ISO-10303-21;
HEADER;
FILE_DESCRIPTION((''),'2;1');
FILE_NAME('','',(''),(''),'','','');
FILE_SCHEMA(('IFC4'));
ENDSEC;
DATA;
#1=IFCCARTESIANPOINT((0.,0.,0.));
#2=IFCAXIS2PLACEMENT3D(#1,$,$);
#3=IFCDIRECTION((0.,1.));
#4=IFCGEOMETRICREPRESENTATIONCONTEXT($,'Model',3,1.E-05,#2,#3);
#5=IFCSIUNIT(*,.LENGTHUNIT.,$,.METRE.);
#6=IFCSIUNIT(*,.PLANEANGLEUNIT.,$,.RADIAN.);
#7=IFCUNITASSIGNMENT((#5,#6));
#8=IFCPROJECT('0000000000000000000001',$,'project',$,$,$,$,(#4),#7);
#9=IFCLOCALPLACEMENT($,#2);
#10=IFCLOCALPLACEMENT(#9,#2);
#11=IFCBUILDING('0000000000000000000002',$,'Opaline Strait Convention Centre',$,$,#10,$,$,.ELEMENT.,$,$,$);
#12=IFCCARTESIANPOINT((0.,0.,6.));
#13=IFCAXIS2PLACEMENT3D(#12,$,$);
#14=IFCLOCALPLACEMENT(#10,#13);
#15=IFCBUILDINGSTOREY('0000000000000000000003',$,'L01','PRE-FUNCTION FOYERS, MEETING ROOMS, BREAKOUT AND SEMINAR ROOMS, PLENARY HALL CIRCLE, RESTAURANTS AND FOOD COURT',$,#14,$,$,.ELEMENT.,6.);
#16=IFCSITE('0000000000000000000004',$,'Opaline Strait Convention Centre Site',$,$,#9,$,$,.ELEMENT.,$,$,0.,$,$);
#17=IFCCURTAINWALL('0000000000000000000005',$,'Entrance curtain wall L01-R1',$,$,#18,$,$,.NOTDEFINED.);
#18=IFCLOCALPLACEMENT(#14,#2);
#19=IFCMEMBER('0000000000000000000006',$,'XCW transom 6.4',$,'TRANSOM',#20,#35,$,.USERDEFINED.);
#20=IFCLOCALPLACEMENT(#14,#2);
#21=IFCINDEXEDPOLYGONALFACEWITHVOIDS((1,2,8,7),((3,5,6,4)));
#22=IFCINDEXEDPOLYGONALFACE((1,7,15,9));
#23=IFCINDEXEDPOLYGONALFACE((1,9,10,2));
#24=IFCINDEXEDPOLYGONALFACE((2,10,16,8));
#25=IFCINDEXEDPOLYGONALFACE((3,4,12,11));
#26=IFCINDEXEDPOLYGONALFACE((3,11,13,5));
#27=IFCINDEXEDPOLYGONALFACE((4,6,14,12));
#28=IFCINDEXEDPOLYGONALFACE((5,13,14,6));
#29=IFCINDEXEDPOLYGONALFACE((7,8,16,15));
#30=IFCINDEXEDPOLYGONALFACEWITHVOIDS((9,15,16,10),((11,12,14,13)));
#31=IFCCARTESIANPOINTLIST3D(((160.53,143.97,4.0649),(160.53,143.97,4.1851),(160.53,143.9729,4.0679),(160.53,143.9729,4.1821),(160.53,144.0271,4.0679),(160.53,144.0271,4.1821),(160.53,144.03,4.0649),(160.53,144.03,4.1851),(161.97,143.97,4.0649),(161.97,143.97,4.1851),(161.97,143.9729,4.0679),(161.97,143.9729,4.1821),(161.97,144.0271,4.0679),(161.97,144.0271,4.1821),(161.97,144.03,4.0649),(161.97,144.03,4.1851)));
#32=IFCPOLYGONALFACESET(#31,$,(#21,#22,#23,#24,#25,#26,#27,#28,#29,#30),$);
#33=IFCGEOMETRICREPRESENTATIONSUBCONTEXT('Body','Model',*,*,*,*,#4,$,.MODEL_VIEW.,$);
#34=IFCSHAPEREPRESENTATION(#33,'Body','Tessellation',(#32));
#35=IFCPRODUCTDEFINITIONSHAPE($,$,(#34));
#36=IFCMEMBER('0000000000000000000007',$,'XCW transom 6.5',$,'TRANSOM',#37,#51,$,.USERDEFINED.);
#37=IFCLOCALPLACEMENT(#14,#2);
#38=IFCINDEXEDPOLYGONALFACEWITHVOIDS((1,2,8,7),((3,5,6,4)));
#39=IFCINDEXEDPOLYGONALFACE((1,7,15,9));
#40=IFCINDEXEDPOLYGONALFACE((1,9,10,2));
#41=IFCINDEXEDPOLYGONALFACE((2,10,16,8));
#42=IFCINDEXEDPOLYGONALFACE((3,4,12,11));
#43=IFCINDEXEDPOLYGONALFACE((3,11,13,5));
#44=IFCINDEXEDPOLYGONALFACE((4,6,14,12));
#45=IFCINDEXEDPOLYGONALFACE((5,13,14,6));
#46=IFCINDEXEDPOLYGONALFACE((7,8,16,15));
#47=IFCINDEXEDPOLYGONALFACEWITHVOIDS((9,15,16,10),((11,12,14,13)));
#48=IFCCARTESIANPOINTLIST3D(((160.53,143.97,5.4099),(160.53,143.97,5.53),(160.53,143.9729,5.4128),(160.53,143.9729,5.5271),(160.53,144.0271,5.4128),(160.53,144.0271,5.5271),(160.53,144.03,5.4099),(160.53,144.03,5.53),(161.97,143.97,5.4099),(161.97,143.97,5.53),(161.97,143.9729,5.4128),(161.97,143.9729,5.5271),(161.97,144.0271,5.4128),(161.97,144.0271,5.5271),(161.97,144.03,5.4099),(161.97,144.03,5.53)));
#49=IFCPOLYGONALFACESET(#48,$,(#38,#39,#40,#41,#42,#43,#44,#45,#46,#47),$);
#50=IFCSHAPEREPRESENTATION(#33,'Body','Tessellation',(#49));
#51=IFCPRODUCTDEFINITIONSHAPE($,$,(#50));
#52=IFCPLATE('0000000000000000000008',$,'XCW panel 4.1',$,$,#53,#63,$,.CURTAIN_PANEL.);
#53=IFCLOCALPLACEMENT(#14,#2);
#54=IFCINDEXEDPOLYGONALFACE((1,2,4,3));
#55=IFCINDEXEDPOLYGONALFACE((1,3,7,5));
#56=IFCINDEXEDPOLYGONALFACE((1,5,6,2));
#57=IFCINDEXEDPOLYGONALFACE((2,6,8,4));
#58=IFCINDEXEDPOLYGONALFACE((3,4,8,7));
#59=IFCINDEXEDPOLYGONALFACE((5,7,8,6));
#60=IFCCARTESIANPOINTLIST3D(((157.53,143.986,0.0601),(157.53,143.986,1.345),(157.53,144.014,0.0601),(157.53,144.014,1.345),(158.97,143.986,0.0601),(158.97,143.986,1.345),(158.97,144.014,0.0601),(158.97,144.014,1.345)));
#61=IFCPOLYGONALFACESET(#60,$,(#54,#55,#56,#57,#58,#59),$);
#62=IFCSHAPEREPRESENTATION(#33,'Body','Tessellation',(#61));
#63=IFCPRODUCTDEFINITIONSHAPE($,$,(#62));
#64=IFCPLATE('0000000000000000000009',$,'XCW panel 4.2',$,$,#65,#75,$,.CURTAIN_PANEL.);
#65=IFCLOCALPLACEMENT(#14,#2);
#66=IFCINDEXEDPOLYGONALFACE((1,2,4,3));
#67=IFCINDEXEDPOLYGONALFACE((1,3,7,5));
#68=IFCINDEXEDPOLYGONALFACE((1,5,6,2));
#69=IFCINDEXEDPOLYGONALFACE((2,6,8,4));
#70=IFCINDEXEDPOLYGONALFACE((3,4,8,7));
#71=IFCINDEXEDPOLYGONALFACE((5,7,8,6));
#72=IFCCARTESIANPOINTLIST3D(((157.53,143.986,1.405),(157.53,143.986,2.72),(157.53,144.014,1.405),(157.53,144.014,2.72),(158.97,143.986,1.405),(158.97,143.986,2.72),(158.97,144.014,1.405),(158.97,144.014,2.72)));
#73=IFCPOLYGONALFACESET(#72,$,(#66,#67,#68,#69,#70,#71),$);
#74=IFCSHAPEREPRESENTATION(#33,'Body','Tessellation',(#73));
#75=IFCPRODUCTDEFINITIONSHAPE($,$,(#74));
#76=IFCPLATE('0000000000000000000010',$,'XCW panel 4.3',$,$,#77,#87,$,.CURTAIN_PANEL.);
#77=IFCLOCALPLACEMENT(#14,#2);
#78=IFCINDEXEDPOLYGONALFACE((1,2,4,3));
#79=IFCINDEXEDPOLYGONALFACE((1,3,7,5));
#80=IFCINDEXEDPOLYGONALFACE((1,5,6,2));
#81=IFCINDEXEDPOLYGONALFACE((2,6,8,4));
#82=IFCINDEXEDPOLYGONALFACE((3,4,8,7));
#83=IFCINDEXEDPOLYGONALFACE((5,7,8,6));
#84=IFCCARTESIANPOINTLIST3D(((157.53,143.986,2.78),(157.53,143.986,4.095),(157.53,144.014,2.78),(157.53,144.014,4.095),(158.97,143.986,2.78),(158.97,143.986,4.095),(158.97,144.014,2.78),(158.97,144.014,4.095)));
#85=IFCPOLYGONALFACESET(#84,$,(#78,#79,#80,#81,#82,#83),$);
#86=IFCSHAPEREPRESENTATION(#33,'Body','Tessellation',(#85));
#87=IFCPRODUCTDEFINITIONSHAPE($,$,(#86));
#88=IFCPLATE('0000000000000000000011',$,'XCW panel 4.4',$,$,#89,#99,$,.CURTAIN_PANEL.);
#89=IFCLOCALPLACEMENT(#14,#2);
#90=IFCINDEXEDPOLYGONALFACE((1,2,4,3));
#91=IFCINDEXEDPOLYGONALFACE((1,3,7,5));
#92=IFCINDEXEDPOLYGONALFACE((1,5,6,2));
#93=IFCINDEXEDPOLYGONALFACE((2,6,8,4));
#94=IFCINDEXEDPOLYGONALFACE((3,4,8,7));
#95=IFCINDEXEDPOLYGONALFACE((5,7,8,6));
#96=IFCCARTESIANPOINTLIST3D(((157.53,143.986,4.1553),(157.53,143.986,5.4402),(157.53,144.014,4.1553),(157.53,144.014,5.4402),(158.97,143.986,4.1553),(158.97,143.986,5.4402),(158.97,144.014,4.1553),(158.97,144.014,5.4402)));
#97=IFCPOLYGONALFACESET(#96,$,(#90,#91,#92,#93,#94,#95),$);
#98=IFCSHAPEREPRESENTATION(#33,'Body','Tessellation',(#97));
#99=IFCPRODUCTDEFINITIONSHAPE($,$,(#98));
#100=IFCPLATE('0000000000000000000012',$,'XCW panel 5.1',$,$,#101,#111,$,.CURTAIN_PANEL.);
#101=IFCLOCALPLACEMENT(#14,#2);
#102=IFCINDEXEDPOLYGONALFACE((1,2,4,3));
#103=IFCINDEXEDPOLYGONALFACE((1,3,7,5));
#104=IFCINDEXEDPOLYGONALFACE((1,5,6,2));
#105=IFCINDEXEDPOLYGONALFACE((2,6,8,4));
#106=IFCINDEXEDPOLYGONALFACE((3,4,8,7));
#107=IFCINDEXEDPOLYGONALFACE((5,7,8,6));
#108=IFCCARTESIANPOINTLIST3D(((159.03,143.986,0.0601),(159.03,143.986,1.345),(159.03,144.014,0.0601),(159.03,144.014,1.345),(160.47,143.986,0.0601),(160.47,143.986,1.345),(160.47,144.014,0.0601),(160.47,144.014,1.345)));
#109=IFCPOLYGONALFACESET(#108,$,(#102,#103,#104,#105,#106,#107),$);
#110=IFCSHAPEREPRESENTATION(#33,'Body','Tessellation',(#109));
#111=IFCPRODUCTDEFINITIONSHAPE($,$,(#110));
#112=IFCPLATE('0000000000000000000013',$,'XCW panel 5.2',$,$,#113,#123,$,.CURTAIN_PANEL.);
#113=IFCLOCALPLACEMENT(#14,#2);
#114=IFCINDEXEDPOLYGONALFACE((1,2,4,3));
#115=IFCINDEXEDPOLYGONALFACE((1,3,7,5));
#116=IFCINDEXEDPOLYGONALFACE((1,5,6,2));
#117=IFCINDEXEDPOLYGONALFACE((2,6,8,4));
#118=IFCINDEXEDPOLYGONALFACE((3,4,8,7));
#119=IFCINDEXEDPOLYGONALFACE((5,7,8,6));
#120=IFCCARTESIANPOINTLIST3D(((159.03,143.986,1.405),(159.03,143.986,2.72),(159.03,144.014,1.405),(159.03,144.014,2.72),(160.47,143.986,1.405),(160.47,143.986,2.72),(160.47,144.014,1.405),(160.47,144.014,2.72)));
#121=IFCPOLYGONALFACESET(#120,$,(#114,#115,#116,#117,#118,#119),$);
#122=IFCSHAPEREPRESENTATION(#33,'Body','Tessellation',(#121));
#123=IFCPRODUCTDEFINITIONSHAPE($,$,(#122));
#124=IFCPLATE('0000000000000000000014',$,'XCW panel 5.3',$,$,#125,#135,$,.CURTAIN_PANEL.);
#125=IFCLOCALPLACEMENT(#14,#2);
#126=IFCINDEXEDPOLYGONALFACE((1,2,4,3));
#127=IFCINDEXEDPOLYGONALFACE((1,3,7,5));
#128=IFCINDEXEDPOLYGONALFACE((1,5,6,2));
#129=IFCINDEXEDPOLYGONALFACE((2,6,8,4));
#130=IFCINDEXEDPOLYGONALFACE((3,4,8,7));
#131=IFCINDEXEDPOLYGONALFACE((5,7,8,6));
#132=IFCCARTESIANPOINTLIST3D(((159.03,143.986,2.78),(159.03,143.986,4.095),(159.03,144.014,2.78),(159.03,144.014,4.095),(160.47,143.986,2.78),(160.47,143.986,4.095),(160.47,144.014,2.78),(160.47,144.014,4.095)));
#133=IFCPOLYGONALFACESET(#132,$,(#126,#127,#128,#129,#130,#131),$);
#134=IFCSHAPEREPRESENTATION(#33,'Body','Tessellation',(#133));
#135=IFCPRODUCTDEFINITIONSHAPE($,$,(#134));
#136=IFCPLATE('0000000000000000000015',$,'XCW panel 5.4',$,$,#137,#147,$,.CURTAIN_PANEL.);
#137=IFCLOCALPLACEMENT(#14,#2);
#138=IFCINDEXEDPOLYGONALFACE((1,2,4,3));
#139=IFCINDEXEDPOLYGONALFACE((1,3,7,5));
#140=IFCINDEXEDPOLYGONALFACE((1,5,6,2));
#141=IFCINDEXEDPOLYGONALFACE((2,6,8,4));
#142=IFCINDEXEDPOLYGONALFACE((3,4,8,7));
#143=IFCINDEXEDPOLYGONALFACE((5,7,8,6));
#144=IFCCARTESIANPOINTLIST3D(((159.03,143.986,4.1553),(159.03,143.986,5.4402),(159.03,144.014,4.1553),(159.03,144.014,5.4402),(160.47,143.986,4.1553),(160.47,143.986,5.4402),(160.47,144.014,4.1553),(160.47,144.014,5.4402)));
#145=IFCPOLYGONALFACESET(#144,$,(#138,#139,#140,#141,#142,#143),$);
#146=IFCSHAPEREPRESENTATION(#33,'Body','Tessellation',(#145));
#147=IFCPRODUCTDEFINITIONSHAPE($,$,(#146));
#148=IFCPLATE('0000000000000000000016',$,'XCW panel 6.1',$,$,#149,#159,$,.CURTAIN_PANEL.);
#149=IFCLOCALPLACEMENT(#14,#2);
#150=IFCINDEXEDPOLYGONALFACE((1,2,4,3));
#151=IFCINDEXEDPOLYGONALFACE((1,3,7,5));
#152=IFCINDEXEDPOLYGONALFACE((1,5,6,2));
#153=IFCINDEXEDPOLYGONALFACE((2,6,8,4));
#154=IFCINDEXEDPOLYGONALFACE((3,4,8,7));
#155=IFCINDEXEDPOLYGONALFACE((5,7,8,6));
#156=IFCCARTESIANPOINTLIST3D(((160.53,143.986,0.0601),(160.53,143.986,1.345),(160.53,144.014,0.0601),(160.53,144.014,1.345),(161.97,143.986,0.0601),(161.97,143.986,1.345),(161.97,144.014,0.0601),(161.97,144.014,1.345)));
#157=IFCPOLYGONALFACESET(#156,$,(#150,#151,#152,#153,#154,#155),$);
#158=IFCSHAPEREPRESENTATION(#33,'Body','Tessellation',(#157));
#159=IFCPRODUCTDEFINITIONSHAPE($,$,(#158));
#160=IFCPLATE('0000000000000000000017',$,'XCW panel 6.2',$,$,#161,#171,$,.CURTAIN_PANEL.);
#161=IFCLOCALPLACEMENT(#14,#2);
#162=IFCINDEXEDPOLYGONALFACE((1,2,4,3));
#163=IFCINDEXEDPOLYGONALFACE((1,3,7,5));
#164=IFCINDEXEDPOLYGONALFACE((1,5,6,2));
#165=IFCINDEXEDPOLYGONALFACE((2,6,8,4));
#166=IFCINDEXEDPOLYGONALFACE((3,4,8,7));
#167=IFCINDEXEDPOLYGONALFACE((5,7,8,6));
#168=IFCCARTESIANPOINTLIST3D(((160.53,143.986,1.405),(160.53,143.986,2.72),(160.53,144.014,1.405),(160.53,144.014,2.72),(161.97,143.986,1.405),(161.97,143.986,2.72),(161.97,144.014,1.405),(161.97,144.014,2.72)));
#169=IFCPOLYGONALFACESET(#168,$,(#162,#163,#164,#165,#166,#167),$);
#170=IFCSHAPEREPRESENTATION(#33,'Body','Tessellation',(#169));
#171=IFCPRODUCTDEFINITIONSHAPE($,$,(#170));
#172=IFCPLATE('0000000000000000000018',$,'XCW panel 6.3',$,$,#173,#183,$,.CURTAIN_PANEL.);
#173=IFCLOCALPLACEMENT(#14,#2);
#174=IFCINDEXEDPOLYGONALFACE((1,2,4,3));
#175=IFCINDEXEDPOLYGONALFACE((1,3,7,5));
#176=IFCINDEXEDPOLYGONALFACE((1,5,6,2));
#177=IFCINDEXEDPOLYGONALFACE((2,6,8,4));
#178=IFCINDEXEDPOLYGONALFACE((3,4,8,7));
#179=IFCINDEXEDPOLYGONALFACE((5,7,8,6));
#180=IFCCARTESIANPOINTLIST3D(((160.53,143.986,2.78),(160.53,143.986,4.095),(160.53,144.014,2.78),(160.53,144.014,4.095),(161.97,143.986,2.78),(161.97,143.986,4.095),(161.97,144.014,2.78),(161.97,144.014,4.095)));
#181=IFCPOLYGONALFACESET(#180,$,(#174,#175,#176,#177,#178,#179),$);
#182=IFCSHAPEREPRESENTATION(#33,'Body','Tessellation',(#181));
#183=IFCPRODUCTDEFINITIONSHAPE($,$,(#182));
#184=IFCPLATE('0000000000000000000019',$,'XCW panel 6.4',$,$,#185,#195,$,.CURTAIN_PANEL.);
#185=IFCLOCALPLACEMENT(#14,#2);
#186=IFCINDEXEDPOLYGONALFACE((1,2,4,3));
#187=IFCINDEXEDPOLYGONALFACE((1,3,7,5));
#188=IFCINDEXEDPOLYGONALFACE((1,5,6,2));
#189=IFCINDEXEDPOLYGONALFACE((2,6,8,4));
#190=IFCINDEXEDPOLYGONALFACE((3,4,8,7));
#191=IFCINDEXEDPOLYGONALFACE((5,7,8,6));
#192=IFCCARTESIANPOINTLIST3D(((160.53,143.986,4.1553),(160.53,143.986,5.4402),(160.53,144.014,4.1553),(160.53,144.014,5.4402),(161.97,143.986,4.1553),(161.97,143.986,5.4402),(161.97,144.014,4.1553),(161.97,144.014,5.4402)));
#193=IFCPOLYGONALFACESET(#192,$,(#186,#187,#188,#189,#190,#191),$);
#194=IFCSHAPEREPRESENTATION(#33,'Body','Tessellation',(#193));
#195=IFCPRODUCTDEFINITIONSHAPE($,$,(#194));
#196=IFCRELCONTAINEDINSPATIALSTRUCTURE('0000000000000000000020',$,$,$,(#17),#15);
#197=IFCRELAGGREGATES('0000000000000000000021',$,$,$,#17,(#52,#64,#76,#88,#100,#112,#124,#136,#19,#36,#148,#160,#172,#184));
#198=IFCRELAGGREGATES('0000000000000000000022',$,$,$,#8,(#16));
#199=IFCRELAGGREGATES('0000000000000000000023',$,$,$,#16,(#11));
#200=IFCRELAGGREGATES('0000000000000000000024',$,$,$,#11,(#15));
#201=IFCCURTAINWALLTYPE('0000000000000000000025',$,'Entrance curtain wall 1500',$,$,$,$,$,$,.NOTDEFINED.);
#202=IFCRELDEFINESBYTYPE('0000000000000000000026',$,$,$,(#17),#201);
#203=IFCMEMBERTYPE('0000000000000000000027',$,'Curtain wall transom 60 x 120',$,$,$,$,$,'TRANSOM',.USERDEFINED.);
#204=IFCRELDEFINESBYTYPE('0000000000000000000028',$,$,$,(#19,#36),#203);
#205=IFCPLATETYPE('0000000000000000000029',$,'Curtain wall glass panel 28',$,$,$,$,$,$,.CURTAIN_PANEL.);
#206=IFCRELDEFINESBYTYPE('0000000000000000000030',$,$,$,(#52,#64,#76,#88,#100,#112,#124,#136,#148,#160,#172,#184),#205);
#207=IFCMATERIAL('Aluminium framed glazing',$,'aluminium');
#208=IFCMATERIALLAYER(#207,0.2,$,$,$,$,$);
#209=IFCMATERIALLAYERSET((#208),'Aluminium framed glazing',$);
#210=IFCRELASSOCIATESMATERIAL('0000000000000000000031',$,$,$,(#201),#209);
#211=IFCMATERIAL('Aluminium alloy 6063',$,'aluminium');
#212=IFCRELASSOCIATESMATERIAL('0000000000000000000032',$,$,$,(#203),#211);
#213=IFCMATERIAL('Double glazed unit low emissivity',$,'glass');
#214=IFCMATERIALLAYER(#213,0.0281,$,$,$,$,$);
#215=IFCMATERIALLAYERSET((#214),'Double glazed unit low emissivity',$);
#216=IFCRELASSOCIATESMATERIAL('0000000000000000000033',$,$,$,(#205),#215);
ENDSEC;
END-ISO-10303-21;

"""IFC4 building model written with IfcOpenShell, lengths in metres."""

from ifc_helpers import new_model, si_unit, direction, frame, origin, origin_2d, place, context, subcontext, project, spatial, rectangle, hollow_rectangle, extrude, material, layer, layer_set, material_profile, profile_set, type_object, element, aggregate, save


model = new_model("IFC4")

# Units and contexts
model_context = context("Model", 3, precision=1e-05, world=origin(), true_north=direction((0.0, 1.0)))
body_context = subcontext(model_context, "Body", "Model", "MODEL_VIEW")
ifc_project = project(units=[si_unit("LENGTHUNIT", "METRE"), si_unit("PLANEANGLEUNIT", "RADIAN")], contexts=[model_context])

# Site, building, storey
site_placement = place(None, origin())
site = spatial("IfcSite", under=ifc_project, at=site_placement, Name="Opaline Strait Convention Centre Site", CompositionType="ELEMENT", RefElevation=0.0)
building_placement = place(site_placement, origin())
building = spatial("IfcBuilding", under=site, at=building_placement, Name="Opaline Strait Convention Centre", CompositionType="ELEMENT")
storey_placement = place(building_placement, frame((0.0, 0.0, 6.0)))
storey = spatial("IfcBuildingStorey", under=building, at=storey_placement, Name="L01", Description="PRE-FUNCTION FOYERS, MEETING ROOMS, BREAKOUT AND SEMINAR ROOMS, PLENARY HALL CIRCLE, RESTAURANTS AND FOOD COURT", CompositionType="ELEMENT", Elevation=6.0)

# Curtain wall, members, plates
ifc_material_1 = material(Name="Aluminium framed glazing", Category="aluminium")
ifc_layer_1 = layer(ifc_material_1, 0.2)
ifc_layer_set_1 = layer_set([ifc_layer_1], Name="Aluminium framed glazing")
curtain_wall_type = type_object("IfcCurtainWallType", Name="Entrance curtain wall 1500", PredefinedType="NOTDEFINED", material=ifc_layer_set_1)
curtain_wall_placement = place(storey_placement, origin())
curtain_wall = element("IfcCurtainWall", 1, at=curtain_wall_placement, inside=storey, type_object=curtain_wall_type, Name="Entrance curtain wall L01-R1", PredefinedType="NOTDEFINED")
ifc_material_2 = material(Name="Aluminium alloy 6063", Category="aluminium")
ifc_material_profile_1 = material_profile(ifc_material_2, hollow_rectangle(XDim=0.0601, YDim=0.1201, WallThickness=0.0029, at=origin_2d()), Name="TRANSOM 60x120x3")
ifc_profile_set_1 = profile_set([ifc_material_profile_1], Name="Aluminium alloy 6063")
member_type_1 = type_object("IfcMemberType", Name="Curtain wall transom 60 x 120", ElementType="TRANSOM", PredefinedType="USERDEFINED", material=ifc_profile_set_1)
member_1_placement = place(storey_placement, frame((160.53, 144.0, 4.125), z_axis=(1.0, 0.0, 0.0), x_axis=(0.0, 1.0, 0.0)))
member_1 = element("IfcMember", 2, at=member_1_placement, type_object=member_type_1, Name="XCW transom 6.4", ObjectType="TRANSOM", PredefinedType="USERDEFINED", context=body_context, shape_type="SweptSolid", body=[
    extrude(hollow_rectangle(XDim=0.0601, YDim=0.1201, WallThickness=0.0029, at=origin_2d()), origin(), (0.0, 0.0, 1.0), 1.4399),
])
member_2_placement = place(storey_placement, frame((160.53, 144.0, 5.47), z_axis=(1.0, 0.0, 0.0), x_axis=(0.0, 1.0, 0.0)))
member_2 = element("IfcMember", 3, at=member_2_placement, type_object=member_type_1, Name="XCW transom 6.5", ObjectType="TRANSOM", PredefinedType="USERDEFINED", context=body_context, shape_type="SweptSolid", body=[
    extrude(hollow_rectangle(XDim=0.0601, YDim=0.1201, WallThickness=0.0029, at=origin_2d()), origin(), (0.0, 0.0, 1.0), 1.4399),
])
ifc_material_3 = material(Name="Double glazed unit low emissivity", Category="glass")
ifc_layer_2 = layer(ifc_material_3, 0.0281)
ifc_layer_set_2 = layer_set([ifc_layer_2], Name="Double glazed unit low emissivity")
plate_type = type_object("IfcPlateType", Name="Curtain wall glass panel 28", PredefinedType="CURTAIN_PANEL", material=ifc_layer_set_2)
plate_1_placement = place(storey_placement, frame((158.25, 144.0, 0.0601), z_axis=(0.0, 0.0, 1.0), x_axis=(1.0, 0.0, 0.0)))
plate_1 = element("IfcPlate", 4, at=plate_1_placement, type_object=plate_type, Name="XCW panel 4.1", PredefinedType="CURTAIN_PANEL", context=body_context, shape_type="SweptSolid", body=[
    extrude(rectangle(XDim=1.4399, YDim=0.0281, at=origin_2d()), origin(), (0.0, 0.0, 1.0), 1.2849),
])
plate_2_placement = place(storey_placement, frame((158.25, 144.0, 1.405), z_axis=(0.0, 0.0, 1.0), x_axis=(1.0, 0.0, 0.0)))
plate_2 = element("IfcPlate", 5, at=plate_2_placement, type_object=plate_type, Name="XCW panel 4.2", PredefinedType="CURTAIN_PANEL", context=body_context, shape_type="SweptSolid", body=[
    extrude(rectangle(XDim=1.4399, YDim=0.0281, at=origin_2d()), origin(), (0.0, 0.0, 1.0), 1.3149),
])
plate_3_placement = place(storey_placement, frame((158.25, 144.0, 2.78), z_axis=(0.0, 0.0, 1.0), x_axis=(1.0, 0.0, 0.0)))
plate_3 = element("IfcPlate", 6, at=plate_3_placement, type_object=plate_type, Name="XCW panel 4.3", PredefinedType="CURTAIN_PANEL", context=body_context, shape_type="SweptSolid", body=[
    extrude(rectangle(XDim=1.4399, YDim=0.0281, at=origin_2d()), origin(), (0.0, 0.0, 1.0), 1.3149),
])
plate_4_placement = place(storey_placement, frame((158.25, 144.0, 4.1553), z_axis=(0.0, 0.0, 1.0), x_axis=(1.0, 0.0, 0.0)))
plate_4 = element("IfcPlate", 7, at=plate_4_placement, type_object=plate_type, Name="XCW panel 4.4", PredefinedType="CURTAIN_PANEL", context=body_context, shape_type="SweptSolid", body=[
    extrude(rectangle(XDim=1.4399, YDim=0.0281, at=origin_2d()), origin(), (0.0, 0.0, 1.0), 1.2849),
])
plate_5_placement = place(storey_placement, frame((159.75, 144.0, 0.0601), z_axis=(0.0, 0.0, 1.0), x_axis=(1.0, 0.0, 0.0)))
plate_5 = element("IfcPlate", 8, at=plate_5_placement, type_object=plate_type, Name="XCW panel 5.1", PredefinedType="CURTAIN_PANEL", context=body_context, shape_type="SweptSolid", body=[
    extrude(rectangle(XDim=1.4399, YDim=0.0281, at=origin_2d()), origin(), (0.0, 0.0, 1.0), 1.2849),
])
plate_6_placement = place(storey_placement, frame((159.75, 144.0, 1.405), z_axis=(0.0, 0.0, 1.0), x_axis=(1.0, 0.0, 0.0)))
plate_6 = element("IfcPlate", 9, at=plate_6_placement, type_object=plate_type, Name="XCW panel 5.2", PredefinedType="CURTAIN_PANEL", context=body_context, shape_type="SweptSolid", body=[
    extrude(rectangle(XDim=1.4399, YDim=0.0281, at=origin_2d()), origin(), (0.0, 0.0, 1.0), 1.3149),
])
plate_7_placement = place(storey_placement, frame((159.75, 144.0, 2.78), z_axis=(0.0, 0.0, 1.0), x_axis=(1.0, 0.0, 0.0)))
plate_7 = element("IfcPlate", 10, at=plate_7_placement, type_object=plate_type, Name="XCW panel 5.3", PredefinedType="CURTAIN_PANEL", context=body_context, shape_type="SweptSolid", body=[
    extrude(rectangle(XDim=1.4399, YDim=0.0281, at=origin_2d()), origin(), (0.0, 0.0, 1.0), 1.3149),
])
plate_8_placement = place(storey_placement, frame((159.75, 144.0, 4.1553), z_axis=(0.0, 0.0, 1.0), x_axis=(1.0, 0.0, 0.0)))
plate_8 = element("IfcPlate", 11, at=plate_8_placement, type_object=plate_type, Name="XCW panel 5.4", PredefinedType="CURTAIN_PANEL", context=body_context, shape_type="SweptSolid", body=[
    extrude(rectangle(XDim=1.4399, YDim=0.0281, at=origin_2d()), origin(), (0.0, 0.0, 1.0), 1.2849),
])
plate_9_placement = place(storey_placement, frame((161.25, 144.0, 0.0601), z_axis=(0.0, 0.0, 1.0), x_axis=(1.0, 0.0, 0.0)))
plate_9 = element("IfcPlate", 12, at=plate_9_placement, type_object=plate_type, Name="XCW panel 6.1", PredefinedType="CURTAIN_PANEL", context=body_context, shape_type="SweptSolid", body=[
    extrude(rectangle(XDim=1.4399, YDim=0.0281, at=origin_2d()), origin(), (0.0, 0.0, 1.0), 1.2849),
])
plate_10_placement = place(storey_placement, frame((161.25, 144.0, 1.405), z_axis=(0.0, 0.0, 1.0), x_axis=(1.0, 0.0, 0.0)))
plate_10 = element("IfcPlate", 13, at=plate_10_placement, type_object=plate_type, Name="XCW panel 6.2", PredefinedType="CURTAIN_PANEL", context=body_context, shape_type="SweptSolid", body=[
    extrude(rectangle(XDim=1.4399, YDim=0.0281, at=origin_2d()), origin(), (0.0, 0.0, 1.0), 1.3149),
])
plate_11_placement = place(storey_placement, frame((161.25, 144.0, 2.78), z_axis=(0.0, 0.0, 1.0), x_axis=(1.0, 0.0, 0.0)))
plate_11 = element("IfcPlate", 14, at=plate_11_placement, type_object=plate_type, Name="XCW panel 6.3", PredefinedType="CURTAIN_PANEL", context=body_context, shape_type="SweptSolid", body=[
    extrude(rectangle(XDim=1.4399, YDim=0.0281, at=origin_2d()), origin(), (0.0, 0.0, 1.0), 1.3149),
])
plate_12_placement = place(storey_placement, frame((161.25, 144.0, 4.1553), z_axis=(0.0, 0.0, 1.0), x_axis=(1.0, 0.0, 0.0)))
plate_12 = element("IfcPlate", 15, at=plate_12_placement, type_object=plate_type, Name="XCW panel 6.4", PredefinedType="CURTAIN_PANEL", context=body_context, shape_type="SweptSolid", body=[
    extrude(rectangle(XDim=1.4399, YDim=0.0281, at=origin_2d()), origin(), (0.0, 0.0, 1.0), 1.2849),
])
aggregate(curtain_wall, [plate_1, plate_2, plate_3, plate_4, plate_5, plate_6, plate_7, plate_8, member_1, member_2, plate_9, plate_10, plate_11, plate_12])

save(model, "model.ifc")
